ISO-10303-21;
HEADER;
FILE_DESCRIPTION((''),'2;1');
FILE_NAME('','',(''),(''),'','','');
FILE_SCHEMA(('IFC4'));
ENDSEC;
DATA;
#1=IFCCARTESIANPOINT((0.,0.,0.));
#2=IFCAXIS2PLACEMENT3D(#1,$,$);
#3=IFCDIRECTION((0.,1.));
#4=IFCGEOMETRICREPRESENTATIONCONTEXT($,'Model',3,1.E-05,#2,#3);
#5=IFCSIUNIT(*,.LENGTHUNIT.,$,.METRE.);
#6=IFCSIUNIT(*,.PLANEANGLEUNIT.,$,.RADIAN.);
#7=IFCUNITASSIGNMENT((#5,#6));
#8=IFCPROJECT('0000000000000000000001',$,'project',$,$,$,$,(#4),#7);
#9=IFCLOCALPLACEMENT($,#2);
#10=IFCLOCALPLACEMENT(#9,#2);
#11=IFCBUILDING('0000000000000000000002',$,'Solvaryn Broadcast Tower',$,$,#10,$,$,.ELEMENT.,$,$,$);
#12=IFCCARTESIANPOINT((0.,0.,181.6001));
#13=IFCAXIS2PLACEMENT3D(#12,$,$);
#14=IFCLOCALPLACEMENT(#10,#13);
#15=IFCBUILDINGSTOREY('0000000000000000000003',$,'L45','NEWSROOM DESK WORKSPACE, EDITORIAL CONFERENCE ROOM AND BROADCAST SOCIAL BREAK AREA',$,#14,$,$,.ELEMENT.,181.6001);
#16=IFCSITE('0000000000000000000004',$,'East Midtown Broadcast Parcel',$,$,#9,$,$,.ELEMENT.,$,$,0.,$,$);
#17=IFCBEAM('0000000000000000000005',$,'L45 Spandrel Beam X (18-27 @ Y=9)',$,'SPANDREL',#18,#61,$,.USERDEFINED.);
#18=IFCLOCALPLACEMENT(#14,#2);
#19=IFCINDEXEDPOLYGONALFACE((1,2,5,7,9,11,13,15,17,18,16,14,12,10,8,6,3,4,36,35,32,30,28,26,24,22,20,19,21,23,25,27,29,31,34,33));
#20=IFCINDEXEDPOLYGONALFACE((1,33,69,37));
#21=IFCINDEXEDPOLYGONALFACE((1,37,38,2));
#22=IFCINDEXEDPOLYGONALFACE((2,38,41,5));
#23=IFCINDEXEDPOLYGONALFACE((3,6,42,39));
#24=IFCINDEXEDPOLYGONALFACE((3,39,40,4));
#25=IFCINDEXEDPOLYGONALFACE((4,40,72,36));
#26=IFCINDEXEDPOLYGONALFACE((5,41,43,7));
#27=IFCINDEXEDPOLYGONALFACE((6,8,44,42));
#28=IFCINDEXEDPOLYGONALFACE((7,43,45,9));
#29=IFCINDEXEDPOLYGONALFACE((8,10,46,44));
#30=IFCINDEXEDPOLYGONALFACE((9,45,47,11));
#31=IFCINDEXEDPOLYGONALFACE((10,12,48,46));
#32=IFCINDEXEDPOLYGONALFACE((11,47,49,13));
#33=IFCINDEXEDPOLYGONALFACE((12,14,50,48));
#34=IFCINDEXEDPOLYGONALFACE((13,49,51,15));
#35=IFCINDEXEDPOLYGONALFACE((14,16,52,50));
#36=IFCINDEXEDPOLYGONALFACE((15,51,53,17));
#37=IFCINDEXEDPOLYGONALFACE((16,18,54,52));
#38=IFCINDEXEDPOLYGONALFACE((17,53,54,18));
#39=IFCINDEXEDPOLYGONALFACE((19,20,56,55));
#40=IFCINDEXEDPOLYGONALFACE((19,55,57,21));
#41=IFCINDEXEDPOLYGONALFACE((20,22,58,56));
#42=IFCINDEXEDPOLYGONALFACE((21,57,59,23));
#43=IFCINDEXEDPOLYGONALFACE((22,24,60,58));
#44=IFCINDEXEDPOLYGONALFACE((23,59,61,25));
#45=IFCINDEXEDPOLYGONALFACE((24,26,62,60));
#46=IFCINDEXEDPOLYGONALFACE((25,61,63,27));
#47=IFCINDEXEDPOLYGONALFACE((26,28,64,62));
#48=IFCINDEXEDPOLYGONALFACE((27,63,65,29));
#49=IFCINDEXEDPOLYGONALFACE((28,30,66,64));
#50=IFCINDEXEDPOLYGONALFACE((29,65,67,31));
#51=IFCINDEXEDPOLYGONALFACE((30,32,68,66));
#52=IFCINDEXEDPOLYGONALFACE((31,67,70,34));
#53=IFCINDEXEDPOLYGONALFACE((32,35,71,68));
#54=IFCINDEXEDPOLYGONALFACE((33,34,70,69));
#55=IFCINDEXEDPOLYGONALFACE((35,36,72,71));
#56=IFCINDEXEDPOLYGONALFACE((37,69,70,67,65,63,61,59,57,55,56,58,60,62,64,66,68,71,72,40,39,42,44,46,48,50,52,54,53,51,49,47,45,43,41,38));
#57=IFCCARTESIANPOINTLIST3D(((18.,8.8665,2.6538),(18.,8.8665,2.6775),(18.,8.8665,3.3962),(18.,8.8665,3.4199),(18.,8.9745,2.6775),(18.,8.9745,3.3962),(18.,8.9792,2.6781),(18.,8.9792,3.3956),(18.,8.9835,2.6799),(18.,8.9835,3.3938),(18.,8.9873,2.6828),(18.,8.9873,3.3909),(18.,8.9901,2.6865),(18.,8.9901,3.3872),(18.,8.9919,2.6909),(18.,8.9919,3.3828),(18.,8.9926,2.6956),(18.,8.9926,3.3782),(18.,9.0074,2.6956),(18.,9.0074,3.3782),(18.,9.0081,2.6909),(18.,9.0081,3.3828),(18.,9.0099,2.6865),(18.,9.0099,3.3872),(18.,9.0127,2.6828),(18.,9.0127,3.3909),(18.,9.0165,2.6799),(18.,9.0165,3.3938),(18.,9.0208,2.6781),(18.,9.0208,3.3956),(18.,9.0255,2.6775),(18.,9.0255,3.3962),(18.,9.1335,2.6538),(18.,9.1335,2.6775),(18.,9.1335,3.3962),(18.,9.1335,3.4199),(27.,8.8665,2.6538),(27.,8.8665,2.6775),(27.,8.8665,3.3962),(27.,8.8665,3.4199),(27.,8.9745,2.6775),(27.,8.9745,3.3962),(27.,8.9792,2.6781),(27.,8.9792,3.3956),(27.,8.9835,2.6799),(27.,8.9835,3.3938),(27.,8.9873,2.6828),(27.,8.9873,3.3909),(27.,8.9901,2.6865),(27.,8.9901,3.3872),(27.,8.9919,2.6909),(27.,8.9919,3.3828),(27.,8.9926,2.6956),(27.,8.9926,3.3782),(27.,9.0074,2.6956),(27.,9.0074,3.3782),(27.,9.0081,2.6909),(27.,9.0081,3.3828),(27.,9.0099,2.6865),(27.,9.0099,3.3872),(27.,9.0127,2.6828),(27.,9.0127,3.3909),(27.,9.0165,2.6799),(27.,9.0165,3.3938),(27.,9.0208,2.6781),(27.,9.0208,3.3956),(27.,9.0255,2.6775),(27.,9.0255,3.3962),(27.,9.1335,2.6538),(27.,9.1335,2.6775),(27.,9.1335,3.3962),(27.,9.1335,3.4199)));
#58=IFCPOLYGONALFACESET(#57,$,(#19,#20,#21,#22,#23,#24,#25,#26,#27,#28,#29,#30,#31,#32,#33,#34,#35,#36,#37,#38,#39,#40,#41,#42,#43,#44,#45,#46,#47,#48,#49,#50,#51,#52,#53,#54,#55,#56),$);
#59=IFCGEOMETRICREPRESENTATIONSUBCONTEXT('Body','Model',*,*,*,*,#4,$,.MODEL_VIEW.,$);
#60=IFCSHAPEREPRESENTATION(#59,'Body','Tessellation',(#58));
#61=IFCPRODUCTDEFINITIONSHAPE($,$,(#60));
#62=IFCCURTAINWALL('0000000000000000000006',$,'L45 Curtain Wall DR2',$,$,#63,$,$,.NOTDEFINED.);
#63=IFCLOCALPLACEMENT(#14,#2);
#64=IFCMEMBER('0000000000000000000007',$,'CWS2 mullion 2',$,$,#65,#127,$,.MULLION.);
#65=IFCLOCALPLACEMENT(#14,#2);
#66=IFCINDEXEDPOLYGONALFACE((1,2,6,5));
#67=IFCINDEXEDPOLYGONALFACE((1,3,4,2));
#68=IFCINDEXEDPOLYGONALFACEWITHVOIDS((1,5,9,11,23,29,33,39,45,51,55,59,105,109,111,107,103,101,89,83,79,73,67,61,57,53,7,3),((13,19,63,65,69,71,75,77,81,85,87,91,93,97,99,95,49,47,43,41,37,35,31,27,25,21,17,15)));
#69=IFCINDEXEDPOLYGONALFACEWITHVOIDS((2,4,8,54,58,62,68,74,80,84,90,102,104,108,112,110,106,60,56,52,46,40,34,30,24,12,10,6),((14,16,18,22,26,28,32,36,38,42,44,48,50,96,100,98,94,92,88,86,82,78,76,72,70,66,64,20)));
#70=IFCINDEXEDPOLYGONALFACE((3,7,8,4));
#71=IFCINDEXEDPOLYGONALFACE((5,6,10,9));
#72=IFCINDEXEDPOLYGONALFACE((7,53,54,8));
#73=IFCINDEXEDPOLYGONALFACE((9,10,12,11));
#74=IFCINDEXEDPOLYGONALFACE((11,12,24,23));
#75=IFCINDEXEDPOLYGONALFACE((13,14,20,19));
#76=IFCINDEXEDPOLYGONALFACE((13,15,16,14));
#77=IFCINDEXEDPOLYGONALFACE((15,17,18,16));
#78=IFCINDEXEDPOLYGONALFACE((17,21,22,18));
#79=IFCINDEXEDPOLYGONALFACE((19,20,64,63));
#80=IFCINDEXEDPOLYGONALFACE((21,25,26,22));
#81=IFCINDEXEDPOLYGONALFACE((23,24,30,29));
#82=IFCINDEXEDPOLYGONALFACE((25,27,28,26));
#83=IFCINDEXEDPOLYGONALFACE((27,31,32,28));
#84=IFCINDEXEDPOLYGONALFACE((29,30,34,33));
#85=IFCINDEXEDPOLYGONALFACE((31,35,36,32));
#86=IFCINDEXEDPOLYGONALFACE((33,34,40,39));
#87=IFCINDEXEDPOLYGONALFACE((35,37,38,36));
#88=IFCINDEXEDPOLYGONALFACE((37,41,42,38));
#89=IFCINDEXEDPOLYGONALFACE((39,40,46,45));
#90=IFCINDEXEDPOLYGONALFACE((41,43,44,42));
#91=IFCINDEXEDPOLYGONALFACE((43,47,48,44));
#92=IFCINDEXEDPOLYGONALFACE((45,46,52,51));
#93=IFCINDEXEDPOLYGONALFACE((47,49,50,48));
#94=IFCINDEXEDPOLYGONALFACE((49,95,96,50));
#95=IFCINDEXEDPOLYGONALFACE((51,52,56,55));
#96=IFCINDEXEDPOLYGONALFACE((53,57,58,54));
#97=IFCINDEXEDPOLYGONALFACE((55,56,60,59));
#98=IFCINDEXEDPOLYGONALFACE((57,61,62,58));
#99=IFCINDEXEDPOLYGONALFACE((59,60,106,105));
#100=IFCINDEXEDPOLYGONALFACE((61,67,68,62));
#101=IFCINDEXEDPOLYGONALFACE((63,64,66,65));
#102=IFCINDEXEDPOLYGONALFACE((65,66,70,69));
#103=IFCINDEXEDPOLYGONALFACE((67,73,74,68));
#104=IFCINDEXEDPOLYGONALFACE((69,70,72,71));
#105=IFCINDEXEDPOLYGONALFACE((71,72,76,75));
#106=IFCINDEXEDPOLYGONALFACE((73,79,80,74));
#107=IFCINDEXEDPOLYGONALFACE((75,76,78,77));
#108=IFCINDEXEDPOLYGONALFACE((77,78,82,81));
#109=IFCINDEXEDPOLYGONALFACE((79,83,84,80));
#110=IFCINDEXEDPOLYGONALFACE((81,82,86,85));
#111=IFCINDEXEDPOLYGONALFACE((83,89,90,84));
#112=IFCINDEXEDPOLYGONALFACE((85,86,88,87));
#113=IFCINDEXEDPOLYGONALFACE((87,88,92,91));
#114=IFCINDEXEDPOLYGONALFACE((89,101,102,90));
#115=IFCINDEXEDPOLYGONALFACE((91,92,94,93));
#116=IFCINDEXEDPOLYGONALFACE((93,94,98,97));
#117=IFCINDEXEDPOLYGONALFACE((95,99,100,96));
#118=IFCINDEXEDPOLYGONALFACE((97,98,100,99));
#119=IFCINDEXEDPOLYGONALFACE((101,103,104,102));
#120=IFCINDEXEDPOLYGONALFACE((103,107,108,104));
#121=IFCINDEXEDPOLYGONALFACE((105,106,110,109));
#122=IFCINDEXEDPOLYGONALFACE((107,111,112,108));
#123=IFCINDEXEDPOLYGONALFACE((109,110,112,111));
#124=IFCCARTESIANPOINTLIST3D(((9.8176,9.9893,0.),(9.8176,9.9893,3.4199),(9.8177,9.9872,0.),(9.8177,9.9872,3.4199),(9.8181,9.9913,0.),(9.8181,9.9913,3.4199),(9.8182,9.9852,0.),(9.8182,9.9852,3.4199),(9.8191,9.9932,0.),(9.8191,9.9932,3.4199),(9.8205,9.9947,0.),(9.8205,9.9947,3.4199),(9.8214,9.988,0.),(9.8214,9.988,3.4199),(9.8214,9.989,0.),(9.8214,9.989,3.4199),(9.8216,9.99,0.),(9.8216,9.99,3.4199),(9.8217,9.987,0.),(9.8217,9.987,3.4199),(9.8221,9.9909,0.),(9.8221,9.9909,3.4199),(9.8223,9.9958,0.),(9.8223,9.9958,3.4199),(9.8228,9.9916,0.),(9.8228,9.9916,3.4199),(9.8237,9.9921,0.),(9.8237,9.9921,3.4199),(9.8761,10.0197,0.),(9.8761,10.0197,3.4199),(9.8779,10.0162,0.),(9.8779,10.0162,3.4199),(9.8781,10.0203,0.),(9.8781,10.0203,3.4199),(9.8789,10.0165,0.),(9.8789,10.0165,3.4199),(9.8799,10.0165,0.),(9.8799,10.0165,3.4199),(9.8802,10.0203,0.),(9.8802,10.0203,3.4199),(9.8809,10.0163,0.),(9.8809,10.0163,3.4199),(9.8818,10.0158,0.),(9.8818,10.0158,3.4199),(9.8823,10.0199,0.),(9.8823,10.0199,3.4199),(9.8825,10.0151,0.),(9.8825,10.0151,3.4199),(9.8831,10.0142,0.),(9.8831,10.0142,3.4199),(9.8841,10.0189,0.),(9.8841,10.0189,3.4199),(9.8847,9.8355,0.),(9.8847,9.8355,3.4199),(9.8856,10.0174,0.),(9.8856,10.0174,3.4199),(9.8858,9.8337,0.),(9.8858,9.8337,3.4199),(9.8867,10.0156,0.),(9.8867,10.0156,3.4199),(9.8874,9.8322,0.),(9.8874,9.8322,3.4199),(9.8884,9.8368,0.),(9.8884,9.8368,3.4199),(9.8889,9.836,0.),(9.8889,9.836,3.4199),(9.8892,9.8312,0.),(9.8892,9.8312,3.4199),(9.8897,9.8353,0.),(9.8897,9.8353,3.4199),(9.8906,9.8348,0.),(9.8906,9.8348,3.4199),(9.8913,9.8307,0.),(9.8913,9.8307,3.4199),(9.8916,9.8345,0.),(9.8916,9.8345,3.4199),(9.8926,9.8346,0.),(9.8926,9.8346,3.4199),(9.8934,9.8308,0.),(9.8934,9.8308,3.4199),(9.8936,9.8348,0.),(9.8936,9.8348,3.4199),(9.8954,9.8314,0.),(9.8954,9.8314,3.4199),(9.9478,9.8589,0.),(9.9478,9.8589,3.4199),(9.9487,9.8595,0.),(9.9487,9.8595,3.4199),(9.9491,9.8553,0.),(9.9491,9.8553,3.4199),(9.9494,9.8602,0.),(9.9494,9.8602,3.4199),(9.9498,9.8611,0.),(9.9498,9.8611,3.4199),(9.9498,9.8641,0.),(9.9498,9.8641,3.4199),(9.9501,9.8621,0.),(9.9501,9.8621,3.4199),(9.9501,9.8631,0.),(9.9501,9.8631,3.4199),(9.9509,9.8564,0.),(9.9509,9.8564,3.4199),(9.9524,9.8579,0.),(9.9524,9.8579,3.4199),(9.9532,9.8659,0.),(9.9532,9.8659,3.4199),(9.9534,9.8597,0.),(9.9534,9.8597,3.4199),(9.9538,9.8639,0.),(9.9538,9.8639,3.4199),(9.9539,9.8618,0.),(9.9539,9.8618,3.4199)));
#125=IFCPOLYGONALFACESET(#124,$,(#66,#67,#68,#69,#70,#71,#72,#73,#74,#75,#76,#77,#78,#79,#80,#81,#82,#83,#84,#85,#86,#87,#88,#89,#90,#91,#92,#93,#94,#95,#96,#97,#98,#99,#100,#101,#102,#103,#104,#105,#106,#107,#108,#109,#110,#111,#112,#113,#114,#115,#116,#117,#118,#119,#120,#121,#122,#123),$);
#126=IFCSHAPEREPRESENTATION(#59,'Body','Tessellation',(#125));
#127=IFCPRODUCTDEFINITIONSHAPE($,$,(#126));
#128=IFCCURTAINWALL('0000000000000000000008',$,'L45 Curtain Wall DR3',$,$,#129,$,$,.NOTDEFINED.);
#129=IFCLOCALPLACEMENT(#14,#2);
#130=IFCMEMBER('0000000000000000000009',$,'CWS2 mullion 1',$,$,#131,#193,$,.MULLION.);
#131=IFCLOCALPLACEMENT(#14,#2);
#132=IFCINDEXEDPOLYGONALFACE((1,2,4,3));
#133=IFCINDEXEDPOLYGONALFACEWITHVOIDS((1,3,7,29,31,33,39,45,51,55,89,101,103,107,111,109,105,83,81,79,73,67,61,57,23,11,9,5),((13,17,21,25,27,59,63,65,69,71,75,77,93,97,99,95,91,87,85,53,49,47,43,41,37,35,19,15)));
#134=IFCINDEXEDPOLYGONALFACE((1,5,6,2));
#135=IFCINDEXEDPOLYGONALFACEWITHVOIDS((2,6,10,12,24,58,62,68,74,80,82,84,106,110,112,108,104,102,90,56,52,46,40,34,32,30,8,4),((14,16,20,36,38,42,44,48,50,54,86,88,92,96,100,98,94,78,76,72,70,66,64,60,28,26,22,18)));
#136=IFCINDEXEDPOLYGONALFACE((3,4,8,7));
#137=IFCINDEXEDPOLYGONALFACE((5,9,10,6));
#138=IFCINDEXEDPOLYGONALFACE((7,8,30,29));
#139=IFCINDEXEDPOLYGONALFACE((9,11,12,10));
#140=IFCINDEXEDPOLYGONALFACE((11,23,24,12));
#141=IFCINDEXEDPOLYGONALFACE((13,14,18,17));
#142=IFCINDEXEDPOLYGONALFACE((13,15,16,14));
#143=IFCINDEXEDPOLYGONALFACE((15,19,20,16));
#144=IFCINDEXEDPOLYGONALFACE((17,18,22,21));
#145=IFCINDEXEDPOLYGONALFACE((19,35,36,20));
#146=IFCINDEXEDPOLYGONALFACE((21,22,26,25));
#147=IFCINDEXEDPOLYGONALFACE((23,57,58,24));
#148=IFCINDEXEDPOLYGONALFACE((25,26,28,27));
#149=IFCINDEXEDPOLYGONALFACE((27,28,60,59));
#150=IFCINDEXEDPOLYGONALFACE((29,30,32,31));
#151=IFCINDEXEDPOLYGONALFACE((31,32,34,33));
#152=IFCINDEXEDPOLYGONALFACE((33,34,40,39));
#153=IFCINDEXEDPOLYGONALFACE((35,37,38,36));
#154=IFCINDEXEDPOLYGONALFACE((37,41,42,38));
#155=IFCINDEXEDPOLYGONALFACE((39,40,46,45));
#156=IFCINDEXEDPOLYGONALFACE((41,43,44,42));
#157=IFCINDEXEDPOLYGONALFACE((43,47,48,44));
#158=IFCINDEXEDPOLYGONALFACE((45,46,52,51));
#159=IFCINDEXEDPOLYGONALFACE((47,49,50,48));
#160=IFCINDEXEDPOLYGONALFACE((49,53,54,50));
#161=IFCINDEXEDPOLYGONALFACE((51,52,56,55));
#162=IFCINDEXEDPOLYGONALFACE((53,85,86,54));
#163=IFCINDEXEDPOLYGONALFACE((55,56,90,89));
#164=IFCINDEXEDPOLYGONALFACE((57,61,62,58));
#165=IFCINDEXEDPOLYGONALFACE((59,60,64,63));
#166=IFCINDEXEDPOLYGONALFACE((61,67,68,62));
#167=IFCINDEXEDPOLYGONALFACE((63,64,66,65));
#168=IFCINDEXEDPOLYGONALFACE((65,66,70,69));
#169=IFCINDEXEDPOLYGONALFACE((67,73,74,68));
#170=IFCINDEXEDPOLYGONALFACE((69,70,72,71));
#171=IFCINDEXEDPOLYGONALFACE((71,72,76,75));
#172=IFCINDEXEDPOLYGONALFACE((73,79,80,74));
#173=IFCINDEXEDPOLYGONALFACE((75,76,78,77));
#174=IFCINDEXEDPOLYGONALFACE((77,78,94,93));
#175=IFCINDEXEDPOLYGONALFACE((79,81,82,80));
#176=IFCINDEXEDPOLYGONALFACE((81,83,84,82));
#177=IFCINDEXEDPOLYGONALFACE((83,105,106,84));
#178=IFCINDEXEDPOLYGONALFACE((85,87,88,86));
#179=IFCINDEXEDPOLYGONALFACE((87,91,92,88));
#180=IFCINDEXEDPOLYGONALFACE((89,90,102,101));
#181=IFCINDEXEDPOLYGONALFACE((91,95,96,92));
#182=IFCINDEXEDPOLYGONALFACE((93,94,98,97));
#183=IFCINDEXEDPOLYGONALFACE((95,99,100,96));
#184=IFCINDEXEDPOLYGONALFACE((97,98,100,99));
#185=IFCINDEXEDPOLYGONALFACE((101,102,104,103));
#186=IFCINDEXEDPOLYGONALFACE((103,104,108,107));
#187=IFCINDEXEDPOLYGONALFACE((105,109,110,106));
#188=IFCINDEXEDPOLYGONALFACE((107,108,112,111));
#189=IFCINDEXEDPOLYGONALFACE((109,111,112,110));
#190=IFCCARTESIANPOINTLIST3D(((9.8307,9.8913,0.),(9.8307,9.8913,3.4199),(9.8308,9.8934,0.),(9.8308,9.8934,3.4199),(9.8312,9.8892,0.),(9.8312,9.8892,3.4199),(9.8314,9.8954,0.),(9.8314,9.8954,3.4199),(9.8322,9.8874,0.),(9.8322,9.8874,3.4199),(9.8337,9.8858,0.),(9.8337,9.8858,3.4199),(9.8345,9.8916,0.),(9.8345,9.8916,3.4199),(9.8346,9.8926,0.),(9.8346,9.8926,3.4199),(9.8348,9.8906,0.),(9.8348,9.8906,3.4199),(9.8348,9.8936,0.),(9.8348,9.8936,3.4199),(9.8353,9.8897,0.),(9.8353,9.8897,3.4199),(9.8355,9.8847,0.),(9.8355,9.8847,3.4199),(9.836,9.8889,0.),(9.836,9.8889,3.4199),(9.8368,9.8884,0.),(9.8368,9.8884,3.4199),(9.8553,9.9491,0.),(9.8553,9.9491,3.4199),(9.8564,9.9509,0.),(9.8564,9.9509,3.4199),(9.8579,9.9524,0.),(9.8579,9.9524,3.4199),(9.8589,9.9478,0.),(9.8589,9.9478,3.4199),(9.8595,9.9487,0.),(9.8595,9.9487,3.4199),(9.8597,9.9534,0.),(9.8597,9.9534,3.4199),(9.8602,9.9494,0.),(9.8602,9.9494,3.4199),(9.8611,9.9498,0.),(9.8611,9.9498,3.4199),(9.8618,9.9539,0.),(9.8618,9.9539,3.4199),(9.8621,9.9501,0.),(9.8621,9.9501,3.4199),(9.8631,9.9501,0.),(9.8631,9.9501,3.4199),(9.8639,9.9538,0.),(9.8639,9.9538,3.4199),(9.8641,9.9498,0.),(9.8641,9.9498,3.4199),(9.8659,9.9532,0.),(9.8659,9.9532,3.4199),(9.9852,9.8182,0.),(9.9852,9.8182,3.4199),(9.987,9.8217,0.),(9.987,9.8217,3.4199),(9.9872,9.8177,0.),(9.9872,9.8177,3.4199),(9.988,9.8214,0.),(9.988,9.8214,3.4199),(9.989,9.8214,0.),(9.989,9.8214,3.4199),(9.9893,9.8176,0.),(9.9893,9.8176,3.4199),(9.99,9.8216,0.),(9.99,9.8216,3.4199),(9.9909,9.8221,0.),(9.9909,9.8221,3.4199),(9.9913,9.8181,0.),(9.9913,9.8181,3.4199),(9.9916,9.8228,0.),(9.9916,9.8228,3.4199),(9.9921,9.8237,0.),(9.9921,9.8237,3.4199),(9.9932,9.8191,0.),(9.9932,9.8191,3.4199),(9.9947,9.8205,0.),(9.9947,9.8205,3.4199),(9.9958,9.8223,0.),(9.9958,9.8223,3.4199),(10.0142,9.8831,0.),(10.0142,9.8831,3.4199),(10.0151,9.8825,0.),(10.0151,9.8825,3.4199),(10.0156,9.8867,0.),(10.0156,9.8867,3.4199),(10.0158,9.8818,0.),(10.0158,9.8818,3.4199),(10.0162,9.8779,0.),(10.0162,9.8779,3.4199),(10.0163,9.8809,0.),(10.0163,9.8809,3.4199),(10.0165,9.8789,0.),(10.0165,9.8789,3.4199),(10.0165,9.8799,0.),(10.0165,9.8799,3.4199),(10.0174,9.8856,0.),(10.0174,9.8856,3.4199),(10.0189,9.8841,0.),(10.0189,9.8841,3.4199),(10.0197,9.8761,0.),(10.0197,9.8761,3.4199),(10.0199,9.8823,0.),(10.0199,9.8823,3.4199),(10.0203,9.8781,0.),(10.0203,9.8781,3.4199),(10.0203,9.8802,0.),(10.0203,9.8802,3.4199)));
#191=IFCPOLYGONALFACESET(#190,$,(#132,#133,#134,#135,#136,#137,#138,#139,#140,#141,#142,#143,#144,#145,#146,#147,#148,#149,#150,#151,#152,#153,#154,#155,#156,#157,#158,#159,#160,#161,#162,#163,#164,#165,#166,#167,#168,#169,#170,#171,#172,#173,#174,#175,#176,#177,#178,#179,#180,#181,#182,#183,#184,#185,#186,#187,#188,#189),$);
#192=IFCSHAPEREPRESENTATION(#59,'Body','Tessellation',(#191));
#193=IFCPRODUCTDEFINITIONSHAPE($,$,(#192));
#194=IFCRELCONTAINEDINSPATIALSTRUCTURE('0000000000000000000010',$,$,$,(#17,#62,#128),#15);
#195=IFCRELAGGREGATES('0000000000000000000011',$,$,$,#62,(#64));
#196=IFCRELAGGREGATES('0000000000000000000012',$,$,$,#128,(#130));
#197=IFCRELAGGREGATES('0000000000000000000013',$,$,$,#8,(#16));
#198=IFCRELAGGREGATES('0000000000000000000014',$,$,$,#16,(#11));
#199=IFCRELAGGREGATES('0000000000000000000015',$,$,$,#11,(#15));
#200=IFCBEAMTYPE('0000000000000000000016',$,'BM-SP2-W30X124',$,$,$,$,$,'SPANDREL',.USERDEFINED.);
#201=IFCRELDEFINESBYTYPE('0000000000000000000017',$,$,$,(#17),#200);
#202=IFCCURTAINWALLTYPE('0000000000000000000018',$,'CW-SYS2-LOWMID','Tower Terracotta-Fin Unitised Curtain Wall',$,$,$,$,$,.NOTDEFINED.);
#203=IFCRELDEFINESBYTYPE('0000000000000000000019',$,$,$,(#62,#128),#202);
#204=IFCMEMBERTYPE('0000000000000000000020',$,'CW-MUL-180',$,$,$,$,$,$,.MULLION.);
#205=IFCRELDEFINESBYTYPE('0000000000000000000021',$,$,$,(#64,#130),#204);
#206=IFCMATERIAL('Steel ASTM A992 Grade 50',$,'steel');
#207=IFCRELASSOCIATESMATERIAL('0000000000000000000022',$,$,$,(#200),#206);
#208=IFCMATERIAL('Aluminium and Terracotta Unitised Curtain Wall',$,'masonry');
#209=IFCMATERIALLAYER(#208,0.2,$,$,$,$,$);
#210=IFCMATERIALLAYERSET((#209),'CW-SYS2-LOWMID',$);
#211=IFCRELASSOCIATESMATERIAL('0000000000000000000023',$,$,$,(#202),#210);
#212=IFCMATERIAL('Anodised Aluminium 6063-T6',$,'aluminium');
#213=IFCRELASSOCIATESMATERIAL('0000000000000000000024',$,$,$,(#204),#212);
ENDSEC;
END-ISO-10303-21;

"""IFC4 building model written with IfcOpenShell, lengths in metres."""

from ifc_helpers import new_model, si_unit, direction, frame, origin, origin_2d, place, context, subcontext, project, spatial, hollow_rectangle, i_section, extrude, material, layer, layer_set, material_profile, profile_set, type_object, element, aggregate, save


model = new_model("IFC4")

# Units and contexts
model_context = context("Model", 3, precision=1e-05, world=origin(), true_north=direction((0.0, 1.0)))
body_context = subcontext(model_context, "Body", "Model", "MODEL_VIEW")
ifc_project = project(units=[si_unit("LENGTHUNIT", "METRE"), si_unit("PLANEANGLEUNIT", "RADIAN")], contexts=[model_context])

# Site, building, storey
site_placement = place(None, origin())
site = spatial("IfcSite", under=ifc_project, at=site_placement, Name="East Midtown Broadcast Parcel", CompositionType="ELEMENT", RefElevation=0.0)
building_placement = place(site_placement, origin())
building = spatial("IfcBuilding", under=site, at=building_placement, Name="Solvaryn Broadcast Tower", CompositionType="ELEMENT")
storey_placement = place(building_placement, frame((0.0, 0.0, 181.6001)))
storey = spatial("IfcBuildingStorey", under=building, at=storey_placement, Name="L45", Description="NEWSROOM DESK WORKSPACE, EDITORIAL CONFERENCE ROOM AND BROADCAST SOCIAL BREAK AREA", CompositionType="ELEMENT", Elevation=181.6001)

# Beam
ifc_material_1 = material(Name="Steel ASTM A992 Grade 50", Category="steel")
ifc_material_profile_1 = material_profile(ifc_material_1, i_section(OverallWidth=0.2671, OverallDepth=0.7661, WebThickness=0.0149, FlangeThickness=0.0237, FilletRadius=0.0181, at=origin_2d()))
ifc_profile_set_1 = profile_set([ifc_material_profile_1], Name="Steel ASTM A992 Grade 50")
beam_type_1 = type_object("IfcBeamType", Name="BM-SP2-W30X124", ElementType="SPANDREL", PredefinedType="USERDEFINED", material=ifc_profile_set_1)
beam_1_placement = place(storey_placement, frame((18.0, 9.0, 3.0369), z_axis=(1.0, 0.0, 0.0), x_axis=(0.0, 1.0, 0.0)))
element("IfcBeam", 1, at=beam_1_placement, inside=storey, type_object=beam_type_1, Name="L45 Spandrel Beam X (18-27 @ Y=9)", ObjectType="SPANDREL", PredefinedType="USERDEFINED", context=body_context, shape_type="SweptSolid", body=[
    extrude(i_section(OverallWidth=0.2671, OverallDepth=0.7661, WebThickness=0.0149, FlangeThickness=0.0237, FilletRadius=0.0181, at=origin_2d()), origin(), (0.0, 0.0, 1.0), 9.0),
])

# Curtain wall, member
ifc_material_2 = material(Name="Aluminium and Terracotta Unitised Curtain Wall", Category="masonry")
ifc_layer_1 = layer(ifc_material_2, 0.2)
ifc_layer_set_1 = layer_set([ifc_layer_1], Name="CW-SYS2-LOWMID")
curtain_wall_type = type_object("IfcCurtainWallType", Name="CW-SYS2-LOWMID", Description="Tower Terracotta-Fin Unitised Curtain Wall", PredefinedType="NOTDEFINED", material=ifc_layer_set_1)
curtain_wall_1_placement = place(storey_placement, origin())
curtain_wall_1 = element("IfcCurtainWall", 2, at=curtain_wall_1_placement, inside=storey, type_object=curtain_wall_type, Name="L45 Curtain Wall DR2", PredefinedType="NOTDEFINED")
ifc_material_3 = material(Name="Anodised Aluminium 6063-T6", Category="aluminium")
ifc_material_profile_2 = material_profile(ifc_material_3, hollow_rectangle(XDim=0.075, YDim=0.1799, WallThickness=0.0039, InnerFilletRadius=0.0039, OuterFilletRadius=0.0081, at=origin_2d()))
ifc_profile_set_2 = profile_set([ifc_material_profile_2], Name="Anodised Aluminium 6063-T6")
member_type_1 = type_object("IfcMemberType", Name="CW-MUL-180", PredefinedType="MULLION", material=ifc_profile_set_2)
member_1_placement = place(storey_placement, frame((9.8857, 9.9255, 0.0), z_axis=(0.0, 0.0, 1.0), x_axis=(0.913917, 0.405901, 0.0)))
member_1 = element("IfcMember", 3, at=member_1_placement, type_object=member_type_1, Name="CWS2 mullion 2", PredefinedType="MULLION", context=body_context, shape_type="SweptSolid", body=[
    extrude(hollow_rectangle(XDim=0.075, YDim=0.1799, WallThickness=0.0039, InnerFilletRadius=0.0039, OuterFilletRadius=0.0081, at=origin_2d()), origin(), (0.0, 0.0, 1.0), 3.4199),
])
aggregate(curtain_wall_1, [member_1])

# Curtain wall, member
curtain_wall_2_placement = place(storey_placement, origin())
curtain_wall_2 = element("IfcCurtainWall", 4, at=curtain_wall_2_placement, inside=storey, type_object=curtain_wall_type, Name="L45 Curtain Wall DR3", PredefinedType="NOTDEFINED")
member_2_placement = place(storey_placement, frame((9.9255, 9.8857, 0.0), z_axis=(0.0, 0.0, 1.0), x_axis=(0.405901, 0.913917, 0.0)))
member_2 = element("IfcMember", 5, at=member_2_placement, type_object=member_type_1, Name="CWS2 mullion 1", PredefinedType="MULLION", context=body_context, shape_type="SweptSolid", body=[
    extrude(hollow_rectangle(XDim=0.075, YDim=0.1799, WallThickness=0.0039, InnerFilletRadius=0.0039, OuterFilletRadius=0.0081, at=origin_2d()), origin(), (0.0, 0.0, 1.0), 3.4199),
])
aggregate(curtain_wall_2, [member_2])

save(model, "model.ifc")
